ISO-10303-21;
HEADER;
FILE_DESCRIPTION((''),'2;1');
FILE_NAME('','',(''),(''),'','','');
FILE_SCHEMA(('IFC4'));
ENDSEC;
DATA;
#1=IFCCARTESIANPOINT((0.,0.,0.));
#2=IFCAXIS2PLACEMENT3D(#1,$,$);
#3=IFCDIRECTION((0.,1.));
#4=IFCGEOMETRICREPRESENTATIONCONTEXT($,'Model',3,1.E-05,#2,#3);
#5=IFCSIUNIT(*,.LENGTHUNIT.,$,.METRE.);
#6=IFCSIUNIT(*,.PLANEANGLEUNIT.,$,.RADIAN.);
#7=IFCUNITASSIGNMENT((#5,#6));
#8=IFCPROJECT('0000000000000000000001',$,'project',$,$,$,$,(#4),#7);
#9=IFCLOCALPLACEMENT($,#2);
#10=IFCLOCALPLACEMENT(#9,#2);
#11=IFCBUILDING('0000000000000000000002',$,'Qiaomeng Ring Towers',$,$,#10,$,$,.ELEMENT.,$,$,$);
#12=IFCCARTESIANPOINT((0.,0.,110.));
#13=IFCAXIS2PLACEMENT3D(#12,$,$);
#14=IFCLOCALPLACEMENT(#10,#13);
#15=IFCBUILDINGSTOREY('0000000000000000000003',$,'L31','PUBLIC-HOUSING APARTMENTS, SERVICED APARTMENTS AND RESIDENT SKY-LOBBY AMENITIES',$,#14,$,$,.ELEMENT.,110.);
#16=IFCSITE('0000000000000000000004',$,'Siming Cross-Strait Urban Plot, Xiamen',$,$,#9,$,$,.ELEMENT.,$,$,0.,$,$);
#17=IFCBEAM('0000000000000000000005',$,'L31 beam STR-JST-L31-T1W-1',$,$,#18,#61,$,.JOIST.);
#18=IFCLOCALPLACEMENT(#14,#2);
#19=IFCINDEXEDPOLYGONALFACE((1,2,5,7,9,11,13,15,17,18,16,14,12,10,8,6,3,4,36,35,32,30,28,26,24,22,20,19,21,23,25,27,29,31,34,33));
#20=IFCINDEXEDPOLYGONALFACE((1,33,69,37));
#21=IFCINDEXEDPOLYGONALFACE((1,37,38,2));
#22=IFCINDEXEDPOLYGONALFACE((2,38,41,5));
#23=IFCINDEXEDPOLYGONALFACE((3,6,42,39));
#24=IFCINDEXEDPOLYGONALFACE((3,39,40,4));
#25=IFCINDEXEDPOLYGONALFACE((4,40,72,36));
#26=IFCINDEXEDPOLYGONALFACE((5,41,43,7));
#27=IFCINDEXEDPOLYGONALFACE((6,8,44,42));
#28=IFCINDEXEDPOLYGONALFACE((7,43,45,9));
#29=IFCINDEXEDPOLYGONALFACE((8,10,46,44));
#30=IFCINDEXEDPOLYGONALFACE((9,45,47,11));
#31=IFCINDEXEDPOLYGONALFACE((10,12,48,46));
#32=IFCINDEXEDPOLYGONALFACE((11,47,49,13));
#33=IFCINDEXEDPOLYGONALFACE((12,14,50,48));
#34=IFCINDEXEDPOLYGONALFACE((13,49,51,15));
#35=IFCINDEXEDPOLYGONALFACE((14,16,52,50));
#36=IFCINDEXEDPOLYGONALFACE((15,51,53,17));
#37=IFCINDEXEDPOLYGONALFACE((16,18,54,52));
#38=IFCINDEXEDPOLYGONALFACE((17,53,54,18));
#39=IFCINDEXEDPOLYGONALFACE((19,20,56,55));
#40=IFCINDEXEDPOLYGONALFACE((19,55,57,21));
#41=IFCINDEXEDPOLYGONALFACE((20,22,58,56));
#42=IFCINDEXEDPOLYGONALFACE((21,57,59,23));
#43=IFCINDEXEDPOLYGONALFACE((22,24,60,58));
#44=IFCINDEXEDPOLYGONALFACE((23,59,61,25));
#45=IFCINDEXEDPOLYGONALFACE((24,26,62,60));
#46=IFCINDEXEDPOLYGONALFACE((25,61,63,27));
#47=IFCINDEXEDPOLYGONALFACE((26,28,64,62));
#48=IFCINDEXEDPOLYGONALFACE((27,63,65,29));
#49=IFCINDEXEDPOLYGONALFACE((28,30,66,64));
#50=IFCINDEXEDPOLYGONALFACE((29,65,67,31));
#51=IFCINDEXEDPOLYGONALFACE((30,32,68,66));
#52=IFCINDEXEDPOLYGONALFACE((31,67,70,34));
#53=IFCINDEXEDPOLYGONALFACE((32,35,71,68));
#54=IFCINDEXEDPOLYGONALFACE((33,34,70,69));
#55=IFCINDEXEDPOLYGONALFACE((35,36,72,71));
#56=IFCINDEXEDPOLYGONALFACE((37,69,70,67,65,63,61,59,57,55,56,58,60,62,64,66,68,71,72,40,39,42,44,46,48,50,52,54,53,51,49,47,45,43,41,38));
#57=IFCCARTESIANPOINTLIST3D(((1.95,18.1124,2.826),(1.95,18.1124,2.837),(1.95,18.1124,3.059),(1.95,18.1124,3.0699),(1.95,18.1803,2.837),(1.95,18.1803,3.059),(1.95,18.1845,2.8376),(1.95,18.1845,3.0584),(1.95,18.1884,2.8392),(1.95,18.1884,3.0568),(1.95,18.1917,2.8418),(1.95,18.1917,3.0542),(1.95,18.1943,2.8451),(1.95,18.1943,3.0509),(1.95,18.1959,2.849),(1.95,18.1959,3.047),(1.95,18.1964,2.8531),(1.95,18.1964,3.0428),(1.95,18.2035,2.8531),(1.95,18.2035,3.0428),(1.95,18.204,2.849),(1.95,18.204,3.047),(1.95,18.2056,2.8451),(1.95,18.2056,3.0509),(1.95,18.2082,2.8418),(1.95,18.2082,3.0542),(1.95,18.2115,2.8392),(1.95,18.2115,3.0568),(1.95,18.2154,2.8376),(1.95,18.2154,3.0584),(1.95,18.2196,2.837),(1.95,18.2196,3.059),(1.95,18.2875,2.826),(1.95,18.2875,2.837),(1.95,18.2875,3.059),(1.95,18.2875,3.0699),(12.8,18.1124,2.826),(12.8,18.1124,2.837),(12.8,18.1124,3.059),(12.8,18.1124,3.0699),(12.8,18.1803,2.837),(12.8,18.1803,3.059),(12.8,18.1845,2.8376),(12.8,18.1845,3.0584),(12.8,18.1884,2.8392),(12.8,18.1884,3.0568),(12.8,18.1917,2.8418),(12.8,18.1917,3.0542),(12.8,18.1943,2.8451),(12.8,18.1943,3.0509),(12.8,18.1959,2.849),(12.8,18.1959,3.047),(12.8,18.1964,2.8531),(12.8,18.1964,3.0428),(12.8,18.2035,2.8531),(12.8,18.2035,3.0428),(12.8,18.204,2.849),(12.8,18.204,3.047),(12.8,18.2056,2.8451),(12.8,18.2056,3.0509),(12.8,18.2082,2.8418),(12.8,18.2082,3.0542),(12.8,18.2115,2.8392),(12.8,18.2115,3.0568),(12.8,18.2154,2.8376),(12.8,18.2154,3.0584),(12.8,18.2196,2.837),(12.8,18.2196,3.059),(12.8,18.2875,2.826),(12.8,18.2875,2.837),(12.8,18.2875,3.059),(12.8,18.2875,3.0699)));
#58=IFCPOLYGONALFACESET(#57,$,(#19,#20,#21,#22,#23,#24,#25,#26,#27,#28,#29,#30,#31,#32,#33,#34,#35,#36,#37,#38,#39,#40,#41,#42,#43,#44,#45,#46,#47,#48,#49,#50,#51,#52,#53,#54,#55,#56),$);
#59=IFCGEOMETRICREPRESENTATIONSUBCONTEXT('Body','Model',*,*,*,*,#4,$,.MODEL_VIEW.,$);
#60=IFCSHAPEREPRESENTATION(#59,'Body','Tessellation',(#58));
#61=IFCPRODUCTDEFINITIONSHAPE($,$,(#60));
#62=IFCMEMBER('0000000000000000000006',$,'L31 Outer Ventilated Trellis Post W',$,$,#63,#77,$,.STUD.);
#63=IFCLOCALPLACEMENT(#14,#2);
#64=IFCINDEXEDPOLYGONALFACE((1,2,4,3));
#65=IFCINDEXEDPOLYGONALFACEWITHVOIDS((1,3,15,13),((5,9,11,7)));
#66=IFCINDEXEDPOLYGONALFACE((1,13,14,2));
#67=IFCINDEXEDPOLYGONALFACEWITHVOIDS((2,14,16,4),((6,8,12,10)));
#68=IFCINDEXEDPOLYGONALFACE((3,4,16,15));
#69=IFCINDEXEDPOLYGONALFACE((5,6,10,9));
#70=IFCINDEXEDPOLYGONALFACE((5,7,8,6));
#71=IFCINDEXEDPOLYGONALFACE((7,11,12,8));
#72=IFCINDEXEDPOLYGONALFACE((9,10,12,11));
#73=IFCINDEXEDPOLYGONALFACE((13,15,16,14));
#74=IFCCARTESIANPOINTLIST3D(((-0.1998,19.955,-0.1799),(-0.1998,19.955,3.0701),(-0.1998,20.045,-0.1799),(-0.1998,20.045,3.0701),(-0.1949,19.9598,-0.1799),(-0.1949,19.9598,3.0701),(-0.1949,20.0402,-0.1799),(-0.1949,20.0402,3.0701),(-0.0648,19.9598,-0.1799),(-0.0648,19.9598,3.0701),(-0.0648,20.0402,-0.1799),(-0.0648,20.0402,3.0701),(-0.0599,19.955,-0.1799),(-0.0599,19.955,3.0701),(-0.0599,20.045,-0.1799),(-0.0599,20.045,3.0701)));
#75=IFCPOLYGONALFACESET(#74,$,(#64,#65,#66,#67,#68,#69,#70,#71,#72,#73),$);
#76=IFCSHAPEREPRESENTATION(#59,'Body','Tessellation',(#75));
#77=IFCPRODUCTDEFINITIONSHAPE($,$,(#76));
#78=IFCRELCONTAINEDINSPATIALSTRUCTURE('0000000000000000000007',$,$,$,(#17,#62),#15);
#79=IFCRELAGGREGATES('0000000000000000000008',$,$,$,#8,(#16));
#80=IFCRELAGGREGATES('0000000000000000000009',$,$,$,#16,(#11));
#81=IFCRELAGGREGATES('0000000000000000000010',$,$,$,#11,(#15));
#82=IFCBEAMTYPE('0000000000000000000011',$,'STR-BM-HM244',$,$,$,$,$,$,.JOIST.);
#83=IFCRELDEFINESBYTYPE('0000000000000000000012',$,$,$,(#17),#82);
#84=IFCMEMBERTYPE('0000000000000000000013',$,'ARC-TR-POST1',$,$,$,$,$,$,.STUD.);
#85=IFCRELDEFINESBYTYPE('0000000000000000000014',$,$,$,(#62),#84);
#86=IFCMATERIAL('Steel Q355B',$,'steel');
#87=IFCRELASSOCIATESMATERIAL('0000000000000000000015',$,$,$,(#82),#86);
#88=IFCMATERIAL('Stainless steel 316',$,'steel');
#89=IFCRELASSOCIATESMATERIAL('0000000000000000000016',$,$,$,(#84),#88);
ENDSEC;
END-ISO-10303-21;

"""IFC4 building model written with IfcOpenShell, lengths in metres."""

from ifc_helpers import new_model, si_unit, direction, frame, origin, origin_2d, place, context, subcontext, project, spatial, hollow_rectangle, i_section, extrude, source, transform, mapped, material, material_profile, profile_set, type_object, element, save


model = new_model("IFC4")

# Units and contexts
model_context = context("Model", 3, precision=1e-05, world=origin(), true_north=direction((0.0, 1.0)))
body_context = subcontext(model_context, "Body", "Model", "MODEL_VIEW")
ifc_project = project(units=[si_unit("LENGTHUNIT", "METRE"), si_unit("PLANEANGLEUNIT", "RADIAN")], contexts=[model_context])

# Site, building, storey
site_placement = place(None, origin())
site = spatial("IfcSite", under=ifc_project, at=site_placement, Name="Siming Cross-Strait Urban Plot, Xiamen", CompositionType="ELEMENT", RefElevation=0.0)
building_placement = place(site_placement, origin())
building = spatial("IfcBuilding", under=site, at=building_placement, Name="Qiaomeng Ring Towers", CompositionType="ELEMENT")
storey_placement = place(building_placement, frame((0.0, 0.0, 110.0)))
storey = spatial("IfcBuildingStorey", under=building, at=storey_placement, Name="L31", Description="PUBLIC-HOUSING APARTMENTS, SERVICED APARTMENTS AND RESIDENT SKY-LOBBY AMENITIES", CompositionType="ELEMENT", Elevation=110.0)

# Beam
ifc_material_1 = material(Name="Steel Q355B", Category="steel")
ifc_material_profile_1 = material_profile(ifc_material_1, i_section(OverallWidth=0.175, OverallDepth=0.2439, WebThickness=0.0071, FlangeThickness=0.011, FilletRadius=0.0161, at=origin_2d()), Name="HM 244x175x7x11")
ifc_profile_set_1 = profile_set([ifc_material_profile_1], Name="Steel Q355B")
beam_type_1 = type_object("IfcBeamType", Name="STR-BM-HM244", PredefinedType="JOIST", material=ifc_profile_set_1)
shared_shape_1 = source(origin(), body_context, "Body", "SweptSolid", [
    extrude(i_section(OverallWidth=0.175, OverallDepth=0.2439, WebThickness=0.0071, FlangeThickness=0.011, FilletRadius=0.0161, at=origin_2d()), origin(), (0.0, 0.0, 1.0), 10.8501),
])
beam_1_placement = place(storey_placement, frame((1.95, 18.2, 2.948), z_axis=(1.0, 0.0, 0.0), x_axis=(0.0, 1.0, 0.0)))
element("IfcBeam", 1, at=beam_1_placement, inside=storey, type_object=beam_type_1, Name="L31 beam STR-JST-L31-T1W-1", PredefinedType="JOIST", context=body_context, shape_type="MappedRepresentation", body=[
    mapped(shared_shape_1, transform((0.0, 0.0, 0.0), x_axis=(1.0, 0.0, 0.0), y_axis=(0.0, 1.0, 0.0), z_axis=(0.0, 0.0, 1.0), scale=1.0)),
])

# Member
ifc_material_2 = material(Name="Stainless steel 316", Category="steel")
ifc_material_profile_2 = material_profile(ifc_material_2, hollow_rectangle(XDim=0.0901, YDim=0.1399, WallThickness=0.0049, at=origin_2d()), Name="SS TRELLIS 90x140")
ifc_profile_set_2 = profile_set([ifc_material_profile_2], Name="Stainless steel 316")
member_type = type_object("IfcMemberType", Name="ARC-TR-POST1", PredefinedType="STUD", material=ifc_profile_set_2)
shared_shape_2 = source(origin(), body_context, "Body", "SweptSolid", [
    extrude(hollow_rectangle(XDim=0.0901, YDim=0.1399, WallThickness=0.0049, at=origin_2d()), origin(), (0.0, 0.0, 1.0), 3.25),
])
member_placement = place(storey_placement, frame((-0.1299, 20.0, -0.1799), z_axis=(0.0, 0.0, 1.0), x_axis=(0.0, 1.0, 0.0)))
element("IfcMember", 2, at=member_placement, inside=storey, type_object=member_type, Name="L31 Outer Ventilated Trellis Post W", PredefinedType="STUD", context=body_context, shape_type="MappedRepresentation", body=[
    mapped(shared_shape_2, transform((0.0, 0.0, 0.0), x_axis=(1.0, 0.0, 0.0), y_axis=(0.0, 1.0, 0.0), z_axis=(0.0, 0.0, 1.0), scale=1.0)),
])

save(model, "model.ifc")
